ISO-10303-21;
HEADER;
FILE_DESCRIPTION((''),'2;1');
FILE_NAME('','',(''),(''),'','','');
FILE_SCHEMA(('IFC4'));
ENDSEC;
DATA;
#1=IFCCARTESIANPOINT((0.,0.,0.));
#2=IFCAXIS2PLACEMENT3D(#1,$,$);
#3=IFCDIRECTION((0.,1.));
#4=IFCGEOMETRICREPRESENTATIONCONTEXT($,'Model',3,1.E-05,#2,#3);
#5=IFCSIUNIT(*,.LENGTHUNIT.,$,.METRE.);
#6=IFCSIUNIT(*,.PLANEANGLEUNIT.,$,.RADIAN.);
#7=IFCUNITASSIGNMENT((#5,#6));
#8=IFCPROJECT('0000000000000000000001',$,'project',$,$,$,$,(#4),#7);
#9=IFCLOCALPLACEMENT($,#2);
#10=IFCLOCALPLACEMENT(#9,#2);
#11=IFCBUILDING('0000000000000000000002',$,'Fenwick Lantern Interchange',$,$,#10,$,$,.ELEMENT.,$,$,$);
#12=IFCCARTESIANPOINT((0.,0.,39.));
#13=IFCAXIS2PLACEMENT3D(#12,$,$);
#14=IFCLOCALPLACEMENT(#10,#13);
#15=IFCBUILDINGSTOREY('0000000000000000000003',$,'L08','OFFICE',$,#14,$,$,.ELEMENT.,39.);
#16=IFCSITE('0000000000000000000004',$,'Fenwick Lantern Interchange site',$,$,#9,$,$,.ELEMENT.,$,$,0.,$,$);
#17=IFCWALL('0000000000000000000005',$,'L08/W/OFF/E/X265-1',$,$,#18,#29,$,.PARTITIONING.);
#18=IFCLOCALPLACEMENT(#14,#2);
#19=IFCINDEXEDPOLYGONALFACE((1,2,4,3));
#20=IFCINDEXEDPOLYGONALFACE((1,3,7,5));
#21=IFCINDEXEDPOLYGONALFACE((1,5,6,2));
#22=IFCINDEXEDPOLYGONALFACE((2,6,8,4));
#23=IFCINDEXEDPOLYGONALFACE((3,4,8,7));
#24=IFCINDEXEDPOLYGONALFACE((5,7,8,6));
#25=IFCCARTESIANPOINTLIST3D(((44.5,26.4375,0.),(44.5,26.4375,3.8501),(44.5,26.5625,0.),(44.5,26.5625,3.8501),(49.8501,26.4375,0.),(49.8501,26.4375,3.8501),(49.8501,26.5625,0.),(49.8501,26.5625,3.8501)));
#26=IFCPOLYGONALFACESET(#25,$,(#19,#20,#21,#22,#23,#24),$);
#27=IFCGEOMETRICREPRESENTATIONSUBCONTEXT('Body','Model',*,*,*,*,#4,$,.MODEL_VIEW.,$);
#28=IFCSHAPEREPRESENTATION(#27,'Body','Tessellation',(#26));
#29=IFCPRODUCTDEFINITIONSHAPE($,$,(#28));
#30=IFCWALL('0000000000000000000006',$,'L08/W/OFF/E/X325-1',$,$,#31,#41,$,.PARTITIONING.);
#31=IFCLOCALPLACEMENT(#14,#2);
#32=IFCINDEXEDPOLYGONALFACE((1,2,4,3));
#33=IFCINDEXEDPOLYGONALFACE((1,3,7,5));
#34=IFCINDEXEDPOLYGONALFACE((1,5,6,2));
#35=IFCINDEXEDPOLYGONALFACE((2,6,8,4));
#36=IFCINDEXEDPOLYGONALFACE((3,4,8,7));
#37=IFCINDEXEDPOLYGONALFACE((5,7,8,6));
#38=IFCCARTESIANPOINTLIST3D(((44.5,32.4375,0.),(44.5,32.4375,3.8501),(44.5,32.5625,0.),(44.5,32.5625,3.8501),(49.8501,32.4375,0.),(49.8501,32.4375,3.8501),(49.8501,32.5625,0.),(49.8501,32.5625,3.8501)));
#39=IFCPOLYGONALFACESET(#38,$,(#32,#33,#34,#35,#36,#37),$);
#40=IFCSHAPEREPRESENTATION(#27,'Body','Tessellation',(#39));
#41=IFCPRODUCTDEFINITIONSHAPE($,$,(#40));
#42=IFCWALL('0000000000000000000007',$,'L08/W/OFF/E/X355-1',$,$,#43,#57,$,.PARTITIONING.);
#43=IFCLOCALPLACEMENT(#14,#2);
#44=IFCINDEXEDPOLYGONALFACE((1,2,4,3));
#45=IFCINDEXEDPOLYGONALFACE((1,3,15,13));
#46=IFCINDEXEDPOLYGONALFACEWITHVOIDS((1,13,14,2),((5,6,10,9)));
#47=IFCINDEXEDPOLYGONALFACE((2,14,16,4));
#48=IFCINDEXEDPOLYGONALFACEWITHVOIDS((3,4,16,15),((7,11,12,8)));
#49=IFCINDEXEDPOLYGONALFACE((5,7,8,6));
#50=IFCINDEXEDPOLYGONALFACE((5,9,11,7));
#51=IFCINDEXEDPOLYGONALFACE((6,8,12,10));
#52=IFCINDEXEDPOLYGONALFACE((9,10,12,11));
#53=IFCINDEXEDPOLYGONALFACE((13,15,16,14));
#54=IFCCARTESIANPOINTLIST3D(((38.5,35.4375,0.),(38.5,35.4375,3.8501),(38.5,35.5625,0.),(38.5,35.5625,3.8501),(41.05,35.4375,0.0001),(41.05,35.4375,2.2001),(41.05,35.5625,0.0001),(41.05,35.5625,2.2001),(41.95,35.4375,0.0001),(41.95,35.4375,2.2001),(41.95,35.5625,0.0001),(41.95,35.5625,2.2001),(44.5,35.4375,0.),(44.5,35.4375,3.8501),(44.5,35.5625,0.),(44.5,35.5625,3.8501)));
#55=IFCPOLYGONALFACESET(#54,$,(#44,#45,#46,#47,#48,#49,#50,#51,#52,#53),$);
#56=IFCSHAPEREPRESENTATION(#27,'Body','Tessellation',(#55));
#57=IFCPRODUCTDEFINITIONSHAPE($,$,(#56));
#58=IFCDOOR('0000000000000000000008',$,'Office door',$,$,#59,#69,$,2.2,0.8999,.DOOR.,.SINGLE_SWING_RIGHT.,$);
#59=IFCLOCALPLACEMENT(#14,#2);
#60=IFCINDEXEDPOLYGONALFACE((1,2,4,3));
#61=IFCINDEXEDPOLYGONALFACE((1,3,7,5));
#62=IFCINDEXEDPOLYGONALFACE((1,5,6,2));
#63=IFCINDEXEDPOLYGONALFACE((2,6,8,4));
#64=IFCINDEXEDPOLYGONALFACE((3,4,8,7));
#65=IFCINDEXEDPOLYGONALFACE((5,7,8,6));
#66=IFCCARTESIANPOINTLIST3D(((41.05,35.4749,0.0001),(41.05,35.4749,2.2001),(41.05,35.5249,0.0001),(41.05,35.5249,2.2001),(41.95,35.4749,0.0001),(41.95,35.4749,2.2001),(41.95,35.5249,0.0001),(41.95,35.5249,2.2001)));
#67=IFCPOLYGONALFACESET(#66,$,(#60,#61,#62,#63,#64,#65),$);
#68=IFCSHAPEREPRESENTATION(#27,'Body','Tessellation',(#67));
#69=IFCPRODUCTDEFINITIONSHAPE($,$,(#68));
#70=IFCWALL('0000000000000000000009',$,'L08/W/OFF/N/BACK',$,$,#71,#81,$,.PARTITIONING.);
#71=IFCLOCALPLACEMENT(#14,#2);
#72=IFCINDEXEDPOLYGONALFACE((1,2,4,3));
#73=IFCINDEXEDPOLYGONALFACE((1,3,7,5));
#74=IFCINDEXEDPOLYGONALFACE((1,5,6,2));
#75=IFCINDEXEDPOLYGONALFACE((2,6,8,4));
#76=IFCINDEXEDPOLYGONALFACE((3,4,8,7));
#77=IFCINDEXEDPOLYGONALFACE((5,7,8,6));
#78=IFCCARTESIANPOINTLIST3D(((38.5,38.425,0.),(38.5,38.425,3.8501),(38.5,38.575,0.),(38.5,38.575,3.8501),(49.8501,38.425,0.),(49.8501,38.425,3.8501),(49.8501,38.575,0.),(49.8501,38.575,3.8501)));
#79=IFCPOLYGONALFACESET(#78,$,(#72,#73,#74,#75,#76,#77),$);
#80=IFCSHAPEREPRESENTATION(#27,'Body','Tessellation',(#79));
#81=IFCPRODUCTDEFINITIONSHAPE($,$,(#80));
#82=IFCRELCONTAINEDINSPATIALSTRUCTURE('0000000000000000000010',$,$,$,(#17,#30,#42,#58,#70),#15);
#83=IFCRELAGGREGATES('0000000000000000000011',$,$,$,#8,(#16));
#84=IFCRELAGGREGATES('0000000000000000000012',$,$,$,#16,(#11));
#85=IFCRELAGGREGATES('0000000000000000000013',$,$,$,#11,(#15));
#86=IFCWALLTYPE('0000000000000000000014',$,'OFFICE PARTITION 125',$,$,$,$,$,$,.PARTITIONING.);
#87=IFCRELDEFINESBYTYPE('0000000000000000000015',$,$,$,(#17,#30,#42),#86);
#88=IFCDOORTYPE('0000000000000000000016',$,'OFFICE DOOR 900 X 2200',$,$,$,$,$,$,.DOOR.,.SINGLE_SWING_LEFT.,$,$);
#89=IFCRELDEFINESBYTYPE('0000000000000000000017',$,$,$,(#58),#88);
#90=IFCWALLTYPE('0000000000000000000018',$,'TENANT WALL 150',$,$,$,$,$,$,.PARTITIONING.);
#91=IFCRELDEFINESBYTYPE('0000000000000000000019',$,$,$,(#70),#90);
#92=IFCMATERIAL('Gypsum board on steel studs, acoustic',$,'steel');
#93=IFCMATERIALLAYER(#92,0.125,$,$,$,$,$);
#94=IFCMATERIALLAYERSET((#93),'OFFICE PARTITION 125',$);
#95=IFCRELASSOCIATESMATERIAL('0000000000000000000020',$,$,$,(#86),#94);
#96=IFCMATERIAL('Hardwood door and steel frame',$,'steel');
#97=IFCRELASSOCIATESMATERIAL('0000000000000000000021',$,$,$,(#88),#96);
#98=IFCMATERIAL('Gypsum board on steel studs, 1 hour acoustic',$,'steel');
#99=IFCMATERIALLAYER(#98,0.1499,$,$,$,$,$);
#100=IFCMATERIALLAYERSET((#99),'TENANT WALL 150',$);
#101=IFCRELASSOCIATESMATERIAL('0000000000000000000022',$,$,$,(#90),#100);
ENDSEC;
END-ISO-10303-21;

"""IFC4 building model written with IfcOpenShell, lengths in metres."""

from ifc_helpers import new_model, si_unit, direction, frame, frame_2d, origin, place, context, subcontext, project, spatial, rectangle, extrude, material, layer, layer_set, type_object, element, fill, save


model = new_model("IFC4")

# Units and contexts
model_context = context("Model", 3, precision=1e-05, world=origin(), true_north=direction((0.0, 1.0)))
body_context = subcontext(model_context, "Body", "Model", "MODEL_VIEW")
ifc_project = project(units=[si_unit("LENGTHUNIT", "METRE"), si_unit("PLANEANGLEUNIT", "RADIAN")], contexts=[model_context])

# Site, building, storey
site_placement = place(None, origin())
site = spatial("IfcSite", under=ifc_project, at=site_placement, Name="Fenwick Lantern Interchange site", CompositionType="ELEMENT", RefElevation=0.0)
building_placement = place(site_placement, origin())
building = spatial("IfcBuilding", under=site, at=building_placement, Name="Fenwick Lantern Interchange", CompositionType="ELEMENT")
storey_placement = place(building_placement, frame((0.0, 0.0, 39.0)))
storey = spatial("IfcBuildingStorey", under=building, at=storey_placement, Name="L08", Description="OFFICE", CompositionType="ELEMENT", Elevation=39.0)

# Walls
ifc_material_1 = material(Name="Gypsum board on steel studs, acoustic", Category="steel")
ifc_layer_1 = layer(ifc_material_1, 0.125)
ifc_layer_set_1 = layer_set([ifc_layer_1], Name="OFFICE PARTITION 125")
wall_type_1 = type_object("IfcWallType", Name="OFFICE PARTITION 125", PredefinedType="PARTITIONING", material=ifc_layer_set_1)
for number, where, z_axis, x_axis, name in (
    (1, (49.8501, 26.5, 0.0), (0.0, 0.0, 1.0), (-1.0, 0.0, 0.0), "L08/W/OFF/E/X265-1"),
    (2, (49.8501, 32.5, 0.0), (0.0, 0.0, 1.0), (-1.0, 0.0, 0.0), "L08/W/OFF/E/X325-1"),
):
    element("IfcWall", number, at=place(storey_placement, frame(where, z_axis=z_axis, x_axis=x_axis)), inside=storey, type_object=wall_type_1, Name=name, PredefinedType="PARTITIONING", context=body_context, shape_type="SweptSolid", body=[
        extrude(rectangle(XDim=5.3501, YDim=0.125, at=frame_2d((2.675, 0.0))), origin(), (0.0, 0.0, 1.0), 3.8501),
    ])

# Wall, opening, door
wall_1_placement = place(storey_placement, frame((44.5, 35.5, 0.0), z_axis=(0.0, 0.0, 1.0), x_axis=(-1.0, 0.0, 0.0)))
wall_1 = element("IfcWall", 3, at=wall_1_placement, inside=storey, type_object=wall_type_1, Name="L08/W/OFF/E/X355-1", PredefinedType="PARTITIONING", context=body_context, shape_type="SweptSolid", body=[
    extrude(rectangle(XDim=6.0, YDim=0.125, at=frame_2d((3.0, 0.0))), origin(), (0.0, 0.0, 1.0), 3.8501),
])
opening_placement = place(wall_1_placement, frame((2.55, 0.0, 0.0)))
opening = element("IfcOpeningElement", 4, at=opening_placement, cuts=wall_1, PredefinedType="OPENING", context=body_context, shape_type="SweptSolid", body=[
    extrude(rectangle(XDim=0.8999, YDim=2.2, at=frame_2d((0.45, 1.1001))), frame((0.0, 0.0725, 0.0), z_axis=(0.0, -1.0, 0.0), x_axis=(1.0, 0.0, 0.0)), (0.0, 0.0, 1.0), 0.145),
])
ifc_material_2 = material(Name="Hardwood door and steel frame", Category="steel")
door_type = type_object("IfcDoorType", Name="OFFICE DOOR 900 X 2200", OperationType="SINGLE_SWING_LEFT", PredefinedType="DOOR", material=ifc_material_2)
door_placement = place(opening_placement, frame((0.8999, 0.0, 0.0), z_axis=(0.0, 0.0, 1.0), x_axis=(-1.0, 0.0, 0.0)))
door = element("IfcDoor", 5, at=door_placement, inside=storey, type_object=door_type, Name="Office door", OperationType="SINGLE_SWING_RIGHT", OverallHeight=2.2, OverallWidth=0.8999, PredefinedType="DOOR", context=body_context, shape_type="SweptSolid", body=[
    extrude(rectangle(XDim=0.8999, YDim=2.2, at=frame_2d((0.45, 1.1001))), frame((0.0, 0.0249, 0.0), z_axis=(0.0, -1.0, 0.0), x_axis=(1.0, 0.0, 0.0)), (0.0, 0.0, 1.0), 0.05),
])
fill(opening, door)

# Wall
ifc_material_3 = material(Name="Gypsum board on steel studs, 1 hour acoustic", Category="steel")
ifc_layer_2 = layer(ifc_material_3, 0.1499)
ifc_layer_set_2 = layer_set([ifc_layer_2], Name="TENANT WALL 150")
wall_type_2 = type_object("IfcWallType", Name="TENANT WALL 150", PredefinedType="PARTITIONING", material=ifc_layer_set_2)
wall_2_placement = place(storey_placement, frame((49.8501, 38.5, 0.0), z_axis=(0.0, 0.0, 1.0), x_axis=(-1.0, 0.0, 0.0)))
element("IfcWall", 6, at=wall_2_placement, inside=storey, type_object=wall_type_2, Name="L08/W/OFF/N/BACK", PredefinedType="PARTITIONING", context=body_context, shape_type="SweptSolid", body=[
    extrude(rectangle(XDim=11.3501, YDim=0.1499, at=frame_2d((5.675, 0.0))), origin(), (0.0, 0.0, 1.0), 3.8501),
])

save(model, "model.ifc")
